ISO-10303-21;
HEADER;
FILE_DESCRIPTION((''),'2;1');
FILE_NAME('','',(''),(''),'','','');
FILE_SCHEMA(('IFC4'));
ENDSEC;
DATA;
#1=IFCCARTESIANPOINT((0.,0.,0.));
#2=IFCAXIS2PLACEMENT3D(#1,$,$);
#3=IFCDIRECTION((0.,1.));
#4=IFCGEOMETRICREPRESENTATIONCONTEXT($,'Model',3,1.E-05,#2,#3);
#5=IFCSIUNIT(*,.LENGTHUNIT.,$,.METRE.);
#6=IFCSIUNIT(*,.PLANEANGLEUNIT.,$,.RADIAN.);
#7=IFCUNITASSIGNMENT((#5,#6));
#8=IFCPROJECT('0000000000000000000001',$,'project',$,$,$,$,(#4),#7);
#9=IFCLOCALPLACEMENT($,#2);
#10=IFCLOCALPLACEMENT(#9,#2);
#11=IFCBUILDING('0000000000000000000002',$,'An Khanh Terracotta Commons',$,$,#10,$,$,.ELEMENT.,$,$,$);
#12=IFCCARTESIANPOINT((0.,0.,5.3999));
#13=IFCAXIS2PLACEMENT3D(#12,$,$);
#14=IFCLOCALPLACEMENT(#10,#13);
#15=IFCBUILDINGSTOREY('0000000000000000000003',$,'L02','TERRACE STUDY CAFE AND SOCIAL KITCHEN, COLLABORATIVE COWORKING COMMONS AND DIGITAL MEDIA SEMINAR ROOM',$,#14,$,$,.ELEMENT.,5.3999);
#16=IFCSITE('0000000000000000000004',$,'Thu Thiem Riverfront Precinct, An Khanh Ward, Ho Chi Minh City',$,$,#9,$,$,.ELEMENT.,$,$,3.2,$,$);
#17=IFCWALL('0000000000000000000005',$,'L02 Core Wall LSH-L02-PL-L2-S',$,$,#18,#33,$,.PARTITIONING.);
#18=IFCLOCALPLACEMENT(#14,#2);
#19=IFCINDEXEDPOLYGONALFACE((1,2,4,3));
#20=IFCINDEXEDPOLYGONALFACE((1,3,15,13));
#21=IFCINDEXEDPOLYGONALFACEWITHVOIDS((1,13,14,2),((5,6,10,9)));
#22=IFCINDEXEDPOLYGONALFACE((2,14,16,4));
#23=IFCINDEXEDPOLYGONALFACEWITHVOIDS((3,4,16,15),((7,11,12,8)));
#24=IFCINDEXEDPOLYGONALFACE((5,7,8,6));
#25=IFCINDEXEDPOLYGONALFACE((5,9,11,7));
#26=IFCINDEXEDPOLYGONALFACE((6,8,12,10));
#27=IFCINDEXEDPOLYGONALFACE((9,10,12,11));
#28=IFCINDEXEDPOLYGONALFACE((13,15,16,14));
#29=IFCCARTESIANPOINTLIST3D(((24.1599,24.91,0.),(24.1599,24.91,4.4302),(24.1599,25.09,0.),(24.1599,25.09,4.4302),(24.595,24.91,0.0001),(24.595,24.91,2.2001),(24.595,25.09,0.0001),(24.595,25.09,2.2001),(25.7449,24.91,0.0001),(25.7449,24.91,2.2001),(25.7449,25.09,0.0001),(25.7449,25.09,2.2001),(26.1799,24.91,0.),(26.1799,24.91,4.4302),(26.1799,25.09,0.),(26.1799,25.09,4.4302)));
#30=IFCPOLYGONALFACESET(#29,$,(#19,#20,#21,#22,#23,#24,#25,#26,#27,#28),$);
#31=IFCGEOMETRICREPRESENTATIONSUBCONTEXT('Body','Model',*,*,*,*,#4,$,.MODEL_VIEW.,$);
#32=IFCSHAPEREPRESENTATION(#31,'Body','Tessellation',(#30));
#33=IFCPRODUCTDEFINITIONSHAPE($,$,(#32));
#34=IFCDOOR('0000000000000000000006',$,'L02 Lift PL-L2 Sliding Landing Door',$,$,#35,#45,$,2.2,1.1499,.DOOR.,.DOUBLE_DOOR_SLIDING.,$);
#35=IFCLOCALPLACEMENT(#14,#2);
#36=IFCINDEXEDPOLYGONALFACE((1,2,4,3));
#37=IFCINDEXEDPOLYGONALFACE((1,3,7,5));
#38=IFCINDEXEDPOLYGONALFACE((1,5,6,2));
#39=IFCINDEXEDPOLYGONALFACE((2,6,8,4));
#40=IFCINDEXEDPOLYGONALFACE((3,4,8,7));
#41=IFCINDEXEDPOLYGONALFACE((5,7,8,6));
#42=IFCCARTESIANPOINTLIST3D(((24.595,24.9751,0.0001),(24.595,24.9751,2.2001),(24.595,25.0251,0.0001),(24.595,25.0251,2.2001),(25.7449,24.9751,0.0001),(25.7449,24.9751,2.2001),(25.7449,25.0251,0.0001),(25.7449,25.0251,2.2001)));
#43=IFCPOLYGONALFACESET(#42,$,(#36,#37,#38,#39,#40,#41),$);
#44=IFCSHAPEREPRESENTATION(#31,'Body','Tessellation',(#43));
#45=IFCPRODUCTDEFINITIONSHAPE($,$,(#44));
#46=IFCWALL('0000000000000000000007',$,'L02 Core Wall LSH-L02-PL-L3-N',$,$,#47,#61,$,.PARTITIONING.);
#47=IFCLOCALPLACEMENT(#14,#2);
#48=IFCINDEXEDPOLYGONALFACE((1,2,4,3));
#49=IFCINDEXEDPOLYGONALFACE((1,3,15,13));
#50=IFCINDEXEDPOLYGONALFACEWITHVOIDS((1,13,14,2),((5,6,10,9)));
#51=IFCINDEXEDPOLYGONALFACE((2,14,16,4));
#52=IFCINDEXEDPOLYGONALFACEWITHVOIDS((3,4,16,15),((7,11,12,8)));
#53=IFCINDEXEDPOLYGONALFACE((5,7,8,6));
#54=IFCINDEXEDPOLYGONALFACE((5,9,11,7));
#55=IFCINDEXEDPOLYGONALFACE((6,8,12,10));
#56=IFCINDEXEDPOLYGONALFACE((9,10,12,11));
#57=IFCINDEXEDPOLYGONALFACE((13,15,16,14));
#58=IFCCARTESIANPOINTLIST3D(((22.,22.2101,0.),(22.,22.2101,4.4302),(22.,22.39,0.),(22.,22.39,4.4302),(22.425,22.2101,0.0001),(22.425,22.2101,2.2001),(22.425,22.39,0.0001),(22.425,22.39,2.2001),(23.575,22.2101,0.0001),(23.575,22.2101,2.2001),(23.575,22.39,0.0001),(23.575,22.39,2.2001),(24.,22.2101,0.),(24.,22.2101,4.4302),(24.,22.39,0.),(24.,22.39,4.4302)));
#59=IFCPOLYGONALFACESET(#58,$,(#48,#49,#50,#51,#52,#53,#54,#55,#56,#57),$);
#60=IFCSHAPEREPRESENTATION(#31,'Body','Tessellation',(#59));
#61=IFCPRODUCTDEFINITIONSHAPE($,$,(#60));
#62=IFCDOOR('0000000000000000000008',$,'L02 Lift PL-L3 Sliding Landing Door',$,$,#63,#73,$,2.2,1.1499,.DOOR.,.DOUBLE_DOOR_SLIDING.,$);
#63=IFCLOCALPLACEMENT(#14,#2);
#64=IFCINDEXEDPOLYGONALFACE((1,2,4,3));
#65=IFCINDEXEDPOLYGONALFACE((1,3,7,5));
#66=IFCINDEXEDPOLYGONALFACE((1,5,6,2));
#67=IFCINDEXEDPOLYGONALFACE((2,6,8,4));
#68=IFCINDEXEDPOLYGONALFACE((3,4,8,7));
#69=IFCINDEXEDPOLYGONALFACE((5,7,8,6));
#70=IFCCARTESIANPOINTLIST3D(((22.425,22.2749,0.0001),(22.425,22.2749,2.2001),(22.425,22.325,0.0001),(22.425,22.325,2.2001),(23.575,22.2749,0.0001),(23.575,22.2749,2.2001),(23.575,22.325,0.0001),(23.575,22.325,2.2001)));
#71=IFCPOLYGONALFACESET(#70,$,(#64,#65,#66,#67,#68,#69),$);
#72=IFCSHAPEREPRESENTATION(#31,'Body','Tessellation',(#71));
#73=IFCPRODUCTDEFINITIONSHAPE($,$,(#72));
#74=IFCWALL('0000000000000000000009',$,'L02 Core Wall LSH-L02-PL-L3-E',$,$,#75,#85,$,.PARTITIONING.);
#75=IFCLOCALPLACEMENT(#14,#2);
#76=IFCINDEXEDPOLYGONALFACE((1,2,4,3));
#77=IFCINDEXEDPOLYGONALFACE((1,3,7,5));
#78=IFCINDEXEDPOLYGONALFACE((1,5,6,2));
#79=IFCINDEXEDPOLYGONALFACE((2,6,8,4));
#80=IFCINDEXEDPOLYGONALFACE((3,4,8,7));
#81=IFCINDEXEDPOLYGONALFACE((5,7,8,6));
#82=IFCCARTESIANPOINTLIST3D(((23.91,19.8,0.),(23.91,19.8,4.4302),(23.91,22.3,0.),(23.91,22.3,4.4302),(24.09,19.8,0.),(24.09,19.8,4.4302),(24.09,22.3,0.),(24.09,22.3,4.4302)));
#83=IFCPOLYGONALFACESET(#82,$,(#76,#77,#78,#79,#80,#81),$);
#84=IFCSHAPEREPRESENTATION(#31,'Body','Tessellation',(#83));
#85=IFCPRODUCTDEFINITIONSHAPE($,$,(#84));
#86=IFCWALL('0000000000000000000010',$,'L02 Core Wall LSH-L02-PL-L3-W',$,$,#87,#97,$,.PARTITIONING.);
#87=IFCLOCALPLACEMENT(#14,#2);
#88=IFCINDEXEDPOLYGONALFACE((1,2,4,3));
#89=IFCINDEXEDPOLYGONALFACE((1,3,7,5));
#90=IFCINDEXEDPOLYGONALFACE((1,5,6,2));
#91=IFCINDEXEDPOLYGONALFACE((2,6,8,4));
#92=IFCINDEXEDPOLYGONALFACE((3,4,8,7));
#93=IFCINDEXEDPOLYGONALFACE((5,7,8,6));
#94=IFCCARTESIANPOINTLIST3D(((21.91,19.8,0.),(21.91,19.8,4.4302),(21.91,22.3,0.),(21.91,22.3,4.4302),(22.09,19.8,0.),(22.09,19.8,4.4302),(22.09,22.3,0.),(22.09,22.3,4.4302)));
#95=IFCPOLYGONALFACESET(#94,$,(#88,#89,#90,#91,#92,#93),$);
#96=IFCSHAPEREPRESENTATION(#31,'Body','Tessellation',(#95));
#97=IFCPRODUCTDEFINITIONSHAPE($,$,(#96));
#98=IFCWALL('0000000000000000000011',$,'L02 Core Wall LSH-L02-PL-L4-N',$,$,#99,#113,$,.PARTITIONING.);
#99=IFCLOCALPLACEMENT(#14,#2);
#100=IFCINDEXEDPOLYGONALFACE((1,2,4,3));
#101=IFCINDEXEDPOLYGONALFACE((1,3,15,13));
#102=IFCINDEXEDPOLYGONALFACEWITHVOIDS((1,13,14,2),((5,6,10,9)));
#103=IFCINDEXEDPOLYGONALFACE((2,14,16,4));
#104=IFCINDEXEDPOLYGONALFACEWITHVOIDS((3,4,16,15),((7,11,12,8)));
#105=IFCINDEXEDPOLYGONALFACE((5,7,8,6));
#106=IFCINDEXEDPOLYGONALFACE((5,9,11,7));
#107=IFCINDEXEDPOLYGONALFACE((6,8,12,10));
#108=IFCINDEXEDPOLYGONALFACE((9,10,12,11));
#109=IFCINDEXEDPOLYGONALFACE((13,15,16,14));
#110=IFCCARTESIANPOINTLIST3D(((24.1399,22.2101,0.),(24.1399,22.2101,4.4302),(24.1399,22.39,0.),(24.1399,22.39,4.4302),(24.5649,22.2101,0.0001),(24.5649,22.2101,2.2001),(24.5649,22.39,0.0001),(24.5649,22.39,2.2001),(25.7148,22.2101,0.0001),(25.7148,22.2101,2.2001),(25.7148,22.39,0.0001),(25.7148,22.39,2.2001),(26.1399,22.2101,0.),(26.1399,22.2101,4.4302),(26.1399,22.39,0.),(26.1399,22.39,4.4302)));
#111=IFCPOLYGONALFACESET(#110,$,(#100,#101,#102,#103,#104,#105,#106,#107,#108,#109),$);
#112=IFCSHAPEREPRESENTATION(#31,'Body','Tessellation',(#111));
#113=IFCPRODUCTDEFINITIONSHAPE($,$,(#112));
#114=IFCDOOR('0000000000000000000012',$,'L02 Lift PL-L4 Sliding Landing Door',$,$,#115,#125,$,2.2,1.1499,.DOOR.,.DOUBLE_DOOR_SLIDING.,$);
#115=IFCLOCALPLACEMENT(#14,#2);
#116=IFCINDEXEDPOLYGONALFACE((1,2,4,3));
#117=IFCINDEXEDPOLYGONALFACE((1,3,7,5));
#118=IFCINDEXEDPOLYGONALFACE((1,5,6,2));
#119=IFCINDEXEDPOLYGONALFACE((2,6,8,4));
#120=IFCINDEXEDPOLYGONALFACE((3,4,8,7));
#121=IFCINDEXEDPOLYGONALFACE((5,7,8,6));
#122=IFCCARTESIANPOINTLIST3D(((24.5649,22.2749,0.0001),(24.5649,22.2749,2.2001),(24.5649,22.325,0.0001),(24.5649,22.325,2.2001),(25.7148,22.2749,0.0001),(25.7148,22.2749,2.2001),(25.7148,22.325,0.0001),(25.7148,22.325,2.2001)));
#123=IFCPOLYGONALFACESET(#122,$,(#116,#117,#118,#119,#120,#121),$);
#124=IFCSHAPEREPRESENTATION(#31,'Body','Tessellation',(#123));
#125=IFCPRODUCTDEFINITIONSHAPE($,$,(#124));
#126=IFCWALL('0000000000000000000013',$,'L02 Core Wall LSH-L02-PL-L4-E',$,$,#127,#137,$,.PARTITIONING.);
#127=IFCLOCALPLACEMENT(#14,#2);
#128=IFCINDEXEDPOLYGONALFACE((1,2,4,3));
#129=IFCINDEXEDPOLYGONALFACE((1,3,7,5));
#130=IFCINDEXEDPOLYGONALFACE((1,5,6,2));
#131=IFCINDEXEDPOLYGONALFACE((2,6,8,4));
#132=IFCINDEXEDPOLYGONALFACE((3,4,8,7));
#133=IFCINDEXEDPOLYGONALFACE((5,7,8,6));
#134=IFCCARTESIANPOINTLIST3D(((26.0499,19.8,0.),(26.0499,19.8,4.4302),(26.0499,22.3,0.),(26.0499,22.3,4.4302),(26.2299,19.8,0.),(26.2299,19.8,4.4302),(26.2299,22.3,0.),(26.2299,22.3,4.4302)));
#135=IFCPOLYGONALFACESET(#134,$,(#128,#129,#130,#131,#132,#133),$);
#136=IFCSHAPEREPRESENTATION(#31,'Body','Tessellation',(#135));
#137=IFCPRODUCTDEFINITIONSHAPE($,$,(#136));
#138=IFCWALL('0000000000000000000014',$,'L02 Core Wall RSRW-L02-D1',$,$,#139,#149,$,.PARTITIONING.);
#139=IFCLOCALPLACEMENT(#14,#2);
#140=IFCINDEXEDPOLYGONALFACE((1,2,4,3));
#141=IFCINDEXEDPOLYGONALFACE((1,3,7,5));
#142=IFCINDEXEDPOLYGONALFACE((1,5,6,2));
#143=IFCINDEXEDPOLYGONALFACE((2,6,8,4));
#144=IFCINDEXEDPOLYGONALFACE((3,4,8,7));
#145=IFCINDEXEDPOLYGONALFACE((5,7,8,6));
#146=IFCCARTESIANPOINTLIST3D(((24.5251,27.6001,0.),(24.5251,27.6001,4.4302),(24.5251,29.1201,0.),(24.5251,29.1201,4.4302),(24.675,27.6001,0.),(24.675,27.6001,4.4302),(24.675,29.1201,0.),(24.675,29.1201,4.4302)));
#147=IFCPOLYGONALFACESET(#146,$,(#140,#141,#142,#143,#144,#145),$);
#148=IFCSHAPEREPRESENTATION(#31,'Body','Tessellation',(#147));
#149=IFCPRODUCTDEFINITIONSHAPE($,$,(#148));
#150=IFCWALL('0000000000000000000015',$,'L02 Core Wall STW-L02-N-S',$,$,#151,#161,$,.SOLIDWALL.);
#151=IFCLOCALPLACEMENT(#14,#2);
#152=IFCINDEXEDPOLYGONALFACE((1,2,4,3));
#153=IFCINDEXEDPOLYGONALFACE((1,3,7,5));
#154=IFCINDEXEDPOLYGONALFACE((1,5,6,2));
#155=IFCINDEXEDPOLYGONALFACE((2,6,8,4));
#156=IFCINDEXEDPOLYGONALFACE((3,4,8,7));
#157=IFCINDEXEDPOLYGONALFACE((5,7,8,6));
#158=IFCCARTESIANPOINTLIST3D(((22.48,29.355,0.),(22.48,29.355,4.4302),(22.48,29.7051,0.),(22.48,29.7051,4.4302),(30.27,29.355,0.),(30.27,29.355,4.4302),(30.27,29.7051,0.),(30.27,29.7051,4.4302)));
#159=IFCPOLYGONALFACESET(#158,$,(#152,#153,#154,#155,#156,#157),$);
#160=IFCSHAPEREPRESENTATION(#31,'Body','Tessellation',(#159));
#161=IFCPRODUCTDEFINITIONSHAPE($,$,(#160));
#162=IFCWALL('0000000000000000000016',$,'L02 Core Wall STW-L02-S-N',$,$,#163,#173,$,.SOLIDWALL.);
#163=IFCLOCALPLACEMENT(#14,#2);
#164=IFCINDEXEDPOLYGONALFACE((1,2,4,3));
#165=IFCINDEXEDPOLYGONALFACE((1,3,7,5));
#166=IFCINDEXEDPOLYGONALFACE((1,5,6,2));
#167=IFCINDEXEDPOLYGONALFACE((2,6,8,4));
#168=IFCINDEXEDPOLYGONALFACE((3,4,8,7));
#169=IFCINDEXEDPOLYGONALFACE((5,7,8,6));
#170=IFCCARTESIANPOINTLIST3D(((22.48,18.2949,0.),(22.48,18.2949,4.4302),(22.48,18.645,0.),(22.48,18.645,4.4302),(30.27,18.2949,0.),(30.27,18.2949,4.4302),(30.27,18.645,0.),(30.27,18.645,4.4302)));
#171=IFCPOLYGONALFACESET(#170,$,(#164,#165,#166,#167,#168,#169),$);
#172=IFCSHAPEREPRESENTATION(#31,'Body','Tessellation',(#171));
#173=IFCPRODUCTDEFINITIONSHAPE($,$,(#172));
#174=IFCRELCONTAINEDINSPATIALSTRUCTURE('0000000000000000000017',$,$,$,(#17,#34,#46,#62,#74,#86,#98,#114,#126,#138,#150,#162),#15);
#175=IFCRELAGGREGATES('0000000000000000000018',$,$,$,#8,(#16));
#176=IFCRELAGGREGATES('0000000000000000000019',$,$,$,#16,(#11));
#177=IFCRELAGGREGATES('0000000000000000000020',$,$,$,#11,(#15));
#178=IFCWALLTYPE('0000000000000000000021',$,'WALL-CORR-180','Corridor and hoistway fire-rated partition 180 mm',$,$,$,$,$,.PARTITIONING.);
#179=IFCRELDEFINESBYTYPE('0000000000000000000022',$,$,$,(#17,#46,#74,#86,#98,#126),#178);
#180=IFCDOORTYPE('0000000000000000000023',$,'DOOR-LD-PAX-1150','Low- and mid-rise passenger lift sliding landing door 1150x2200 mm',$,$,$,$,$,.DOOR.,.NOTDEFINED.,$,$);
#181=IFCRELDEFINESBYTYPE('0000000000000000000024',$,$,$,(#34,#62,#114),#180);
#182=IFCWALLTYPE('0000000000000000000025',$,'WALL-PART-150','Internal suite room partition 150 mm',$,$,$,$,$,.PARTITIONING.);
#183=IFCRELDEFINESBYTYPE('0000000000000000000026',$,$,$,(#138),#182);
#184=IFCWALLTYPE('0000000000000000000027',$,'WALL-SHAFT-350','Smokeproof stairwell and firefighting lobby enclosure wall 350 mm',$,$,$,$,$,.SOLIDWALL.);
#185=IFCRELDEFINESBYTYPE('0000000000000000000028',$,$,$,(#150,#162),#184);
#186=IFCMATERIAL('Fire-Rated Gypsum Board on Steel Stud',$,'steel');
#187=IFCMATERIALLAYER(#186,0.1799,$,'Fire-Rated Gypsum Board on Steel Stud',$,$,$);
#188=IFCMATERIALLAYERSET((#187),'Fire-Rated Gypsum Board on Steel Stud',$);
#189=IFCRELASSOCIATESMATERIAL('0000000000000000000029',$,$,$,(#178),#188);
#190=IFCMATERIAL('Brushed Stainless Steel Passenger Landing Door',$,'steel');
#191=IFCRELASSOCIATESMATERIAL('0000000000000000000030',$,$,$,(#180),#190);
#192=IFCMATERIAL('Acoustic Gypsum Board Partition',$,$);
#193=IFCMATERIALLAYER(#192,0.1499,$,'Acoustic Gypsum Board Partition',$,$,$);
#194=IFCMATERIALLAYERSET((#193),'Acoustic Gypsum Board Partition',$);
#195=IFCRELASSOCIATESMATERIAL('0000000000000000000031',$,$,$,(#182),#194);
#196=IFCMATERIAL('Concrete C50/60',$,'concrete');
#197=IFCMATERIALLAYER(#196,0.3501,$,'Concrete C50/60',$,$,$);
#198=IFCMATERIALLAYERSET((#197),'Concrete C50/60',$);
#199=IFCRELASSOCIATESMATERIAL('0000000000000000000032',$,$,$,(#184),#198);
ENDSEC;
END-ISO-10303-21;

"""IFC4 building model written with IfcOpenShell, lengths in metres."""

from ifc_helpers import new_model, si_unit, direction, frame, frame_2d, origin, place, context, subcontext, project, spatial, rectangle, extrude, material, layer, layer_set, type_object, element, fill, save


model = new_model("IFC4")

# Units and contexts
model_context = context("Model", 3, precision=1e-05, world=origin(), true_north=direction((0.0, 1.0)))
body_context = subcontext(model_context, "Body", "Model", "MODEL_VIEW")
ifc_project = project(units=[si_unit("LENGTHUNIT", "METRE"), si_unit("PLANEANGLEUNIT", "RADIAN")], contexts=[model_context])

# Site, building, storey
site_placement = place(None, origin())
site = spatial("IfcSite", under=ifc_project, at=site_placement, Name="Thu Thiem Riverfront Precinct, An Khanh Ward, Ho Chi Minh City", CompositionType="ELEMENT", RefElevation=3.2)
building_placement = place(site_placement, origin())
building = spatial("IfcBuilding", under=site, at=building_placement, Name="An Khanh Terracotta Commons", CompositionType="ELEMENT")
storey_placement = place(building_placement, frame((0.0, 0.0, 5.3999)))
storey = spatial("IfcBuildingStorey", under=building, at=storey_placement, Name="L02", Description="TERRACE STUDY CAFE AND SOCIAL KITCHEN, COLLABORATIVE COWORKING COMMONS AND DIGITAL MEDIA SEMINAR ROOM", CompositionType="ELEMENT", Elevation=5.3999)

# Shared definitions
ifc_material_1 = material(Name="Concrete C50/60", Category="concrete")

# Shared definitions
ifc_material_2 = material(Name="Fire-Rated Gypsum Board on Steel Stud", Category="steel")
ifc_layer_1 = layer(ifc_material_2, 0.1799, Name="Fire-Rated Gypsum Board on Steel Stud")
ifc_layer_set_1 = layer_set([ifc_layer_1], Name="Fire-Rated Gypsum Board on Steel Stud")
wall_type_1 = type_object("IfcWallType", Name="WALL-CORR-180", Description="Corridor and hoistway fire-rated partition 180 mm", PredefinedType="PARTITIONING", material=ifc_layer_set_1)

# Shared definitions
ifc_material_3 = material(Name="Brushed Stainless Steel Passenger Landing Door", Category="steel")
door_type = type_object("IfcDoorType", Name="DOOR-LD-PAX-1150", Description="Low- and mid-rise passenger lift sliding landing door 1150x2200 mm", OperationType="NOTDEFINED", PredefinedType="DOOR", material=ifc_material_3)

# Walls, openings, doors
wall_1_placement = place(storey_placement, frame((26.1799, 25.0, 0.0), z_axis=(0.0, 0.0, 1.0), x_axis=(-1.0, 0.0, 0.0)))
wall_1 = element("IfcWall", 1, at=wall_1_placement, inside=storey, type_object=wall_type_1, Name="L02 Core Wall LSH-L02-PL-L2-S", PredefinedType="PARTITIONING", context=body_context, shape_type="SweptSolid", body=[
    extrude(rectangle(XDim=2.02, YDim=0.1799, at=frame_2d((1.01, 0.0))), origin(), (0.0, 0.0, 1.0), 4.4302),
])
opening_1_placement = place(wall_1_placement, frame((0.4351, 0.0, 0.0)))
opening_1 = element("IfcOpeningElement", 2, at=opening_1_placement, cuts=wall_1, PredefinedType="OPENING", context=body_context, shape_type="SweptSolid", body=[
    extrude(rectangle(XDim=1.1499, YDim=2.2, at=frame_2d((0.575, 1.1001))), frame((0.0, 0.0999, 0.0), z_axis=(0.0, -1.0, 0.0), x_axis=(1.0, 0.0, 0.0)), (0.0, 0.0, 1.0), 0.2),
])
door_1_placement = place(opening_1_placement, origin())
door_1 = element("IfcDoor", 3, at=door_1_placement, inside=storey, type_object=door_type, Name="L02 Lift PL-L2 Sliding Landing Door", OperationType="DOUBLE_DOOR_SLIDING", OverallHeight=2.2, OverallWidth=1.1499, PredefinedType="DOOR", context=body_context, shape_type="SweptSolid", body=[
    extrude(rectangle(XDim=1.1499, YDim=2.2, at=frame_2d((0.575, 1.1001))), frame((0.0, 0.0249, 0.0), z_axis=(0.0, -1.0, 0.0), x_axis=(1.0, 0.0, 0.0)), (0.0, 0.0, 1.0), 0.05),
])
fill(opening_1, door_1)
wall_2_placement = place(storey_placement, frame((22.0, 22.3, 0.0), z_axis=(0.0, 0.0, 1.0), x_axis=(1.0, 0.0, 0.0)))
wall_2 = element("IfcWall", 4, at=wall_2_placement, inside=storey, type_object=wall_type_1, Name="L02 Core Wall LSH-L02-PL-L3-N", PredefinedType="PARTITIONING", context=body_context, shape_type="SweptSolid", body=[
    extrude(rectangle(XDim=2.0, YDim=0.1799, at=frame_2d((1.0, 0.0))), origin(), (0.0, 0.0, 1.0), 4.4302),
])
opening_2_placement = place(wall_2_placement, frame((0.425, 0.0, 0.0)))
opening_2 = element("IfcOpeningElement", 5, at=opening_2_placement, cuts=wall_2, PredefinedType="OPENING", context=body_context, shape_type="SweptSolid", body=[
    extrude(rectangle(XDim=1.1499, YDim=2.2, at=frame_2d((0.575, 1.1001))), frame((0.0, 0.0999, 0.0), z_axis=(0.0, -1.0, 0.0), x_axis=(1.0, 0.0, 0.0)), (0.0, 0.0, 1.0), 0.2),
])
door_2_placement = place(opening_2_placement, origin())
door_2 = element("IfcDoor", 6, at=door_2_placement, inside=storey, type_object=door_type, Name="L02 Lift PL-L3 Sliding Landing Door", OperationType="DOUBLE_DOOR_SLIDING", OverallHeight=2.2, OverallWidth=1.1499, PredefinedType="DOOR", context=body_context, shape_type="SweptSolid", body=[
    extrude(rectangle(XDim=1.1499, YDim=2.2, at=frame_2d((0.575, 1.1001))), frame((0.0, 0.0249, 0.0), z_axis=(0.0, -1.0, 0.0), x_axis=(1.0, 0.0, 0.0)), (0.0, 0.0, 1.0), 0.05),
])
fill(opening_2, door_2)

# Walls
for number, where, z_axis, x_axis, name in (
    (7, (24.0, 19.8, 0.0), (0.0, 0.0, 1.0), (0.0, 1.0, 0.0), "L02 Core Wall LSH-L02-PL-L3-E"),
    (8, (22.0, 22.3, 0.0), (0.0, 0.0, 1.0), (0.0, -1.0, 0.0), "L02 Core Wall LSH-L02-PL-L3-W"),
):
    element("IfcWall", number, at=place(storey_placement, frame(where, z_axis=z_axis, x_axis=x_axis)), inside=storey, type_object=wall_type_1, Name=name, PredefinedType="PARTITIONING", context=body_context, shape_type="SweptSolid", body=[
        extrude(rectangle(XDim=2.5, YDim=0.1799, at=frame_2d((1.25, 0.0))), origin(), (0.0, 0.0, 1.0), 4.4302),
    ])

# Wall, opening, door
wall_3_placement = place(storey_placement, frame((24.1399, 22.3, 0.0), z_axis=(0.0, 0.0, 1.0), x_axis=(1.0, 0.0, 0.0)))
wall_3 = element("IfcWall", 9, at=wall_3_placement, inside=storey, type_object=wall_type_1, Name="L02 Core Wall LSH-L02-PL-L4-N", PredefinedType="PARTITIONING", context=body_context, shape_type="SweptSolid", body=[
    extrude(rectangle(XDim=2.0, YDim=0.1799, at=frame_2d((1.0, 0.0))), origin(), (0.0, 0.0, 1.0), 4.4302),
])
opening_3_placement = place(wall_3_placement, frame((0.425, 0.0, 0.0)))
opening_3 = element("IfcOpeningElement", 10, at=opening_3_placement, cuts=wall_3, PredefinedType="OPENING", context=body_context, shape_type="SweptSolid", body=[
    extrude(rectangle(XDim=1.1499, YDim=2.2, at=frame_2d((0.575, 1.1001))), frame((0.0, 0.0999, 0.0), z_axis=(0.0, -1.0, 0.0), x_axis=(1.0, 0.0, 0.0)), (0.0, 0.0, 1.0), 0.2),
])
door_3_placement = place(opening_3_placement, origin())
door_3 = element("IfcDoor", 11, at=door_3_placement, inside=storey, type_object=door_type, Name="L02 Lift PL-L4 Sliding Landing Door", OperationType="DOUBLE_DOOR_SLIDING", OverallHeight=2.2, OverallWidth=1.1499, PredefinedType="DOOR", context=body_context, shape_type="SweptSolid", body=[
    extrude(rectangle(XDim=1.1499, YDim=2.2, at=frame_2d((0.575, 1.1001))), frame((0.0, 0.0249, 0.0), z_axis=(0.0, -1.0, 0.0), x_axis=(1.0, 0.0, 0.0)), (0.0, 0.0, 1.0), 0.05),
])
fill(opening_3, door_3)

# Walls
wall_4_placement = place(storey_placement, frame((26.1399, 19.8, 0.0), z_axis=(0.0, 0.0, 1.0), x_axis=(0.0, 1.0, 0.0)))
element("IfcWall", 12, at=wall_4_placement, inside=storey, type_object=wall_type_1, Name="L02 Core Wall LSH-L02-PL-L4-E", PredefinedType="PARTITIONING", context=body_context, shape_type="SweptSolid", body=[
    extrude(rectangle(XDim=2.5, YDim=0.1799, at=frame_2d((1.25, 0.0))), origin(), (0.0, 0.0, 1.0), 4.4302),
])
ifc_material_4 = material(Name="Acoustic Gypsum Board Partition")
ifc_layer_2 = layer(ifc_material_4, 0.1499, Name="Acoustic Gypsum Board Partition")
ifc_layer_set_2 = layer_set([ifc_layer_2], Name="Acoustic Gypsum Board Partition")
wall_type_2 = type_object("IfcWallType", Name="WALL-PART-150", Description="Internal suite room partition 150 mm", PredefinedType="PARTITIONING", material=ifc_layer_set_2)
wall_5_placement = place(storey_placement, frame((24.6001, 27.6001, 0.0), z_axis=(0.0, 0.0, 1.0), x_axis=(0.0, 1.0, 0.0)))
element("IfcWall", 13, at=wall_5_placement, inside=storey, type_object=wall_type_2, Name="L02 Core Wall RSRW-L02-D1", PredefinedType="PARTITIONING", context=body_context, shape_type="SweptSolid", body=[
    extrude(rectangle(XDim=1.52, YDim=0.1499, at=frame_2d((0.76, 0.0))), origin(), (0.0, 0.0, 1.0), 4.4302),
])
ifc_layer_3 = layer(ifc_material_1, 0.3501, Name="Concrete C50/60")
ifc_layer_set_3 = layer_set([ifc_layer_3], Name="Concrete C50/60")
wall_type_3 = type_object("IfcWallType", Name="WALL-SHAFT-350", Description="Smokeproof stairwell and firefighting lobby enclosure wall 350 mm", PredefinedType="SOLIDWALL", material=ifc_layer_set_3)
for number, where, z_axis, x_axis, name in (
    (14, (22.48, 29.53, 0.0), (0.0, 0.0, 1.0), (1.0, 0.0, 0.0), "L02 Core Wall STW-L02-N-S"),
    (15, (22.48, 18.47, 0.0), (0.0, 0.0, 1.0), (1.0, 0.0, 0.0), "L02 Core Wall STW-L02-S-N"),
):
    element("IfcWall", number, at=place(storey_placement, frame(where, z_axis=z_axis, x_axis=x_axis)), inside=storey, type_object=wall_type_3, Name=name, PredefinedType="SOLIDWALL", context=body_context, shape_type="SweptSolid", body=[
        extrude(rectangle(XDim=7.79, YDim=0.3501, at=frame_2d((3.895, 0.0))), origin(), (0.0, 0.0, 1.0), 4.4302),
    ])

save(model, "model.ifc")
